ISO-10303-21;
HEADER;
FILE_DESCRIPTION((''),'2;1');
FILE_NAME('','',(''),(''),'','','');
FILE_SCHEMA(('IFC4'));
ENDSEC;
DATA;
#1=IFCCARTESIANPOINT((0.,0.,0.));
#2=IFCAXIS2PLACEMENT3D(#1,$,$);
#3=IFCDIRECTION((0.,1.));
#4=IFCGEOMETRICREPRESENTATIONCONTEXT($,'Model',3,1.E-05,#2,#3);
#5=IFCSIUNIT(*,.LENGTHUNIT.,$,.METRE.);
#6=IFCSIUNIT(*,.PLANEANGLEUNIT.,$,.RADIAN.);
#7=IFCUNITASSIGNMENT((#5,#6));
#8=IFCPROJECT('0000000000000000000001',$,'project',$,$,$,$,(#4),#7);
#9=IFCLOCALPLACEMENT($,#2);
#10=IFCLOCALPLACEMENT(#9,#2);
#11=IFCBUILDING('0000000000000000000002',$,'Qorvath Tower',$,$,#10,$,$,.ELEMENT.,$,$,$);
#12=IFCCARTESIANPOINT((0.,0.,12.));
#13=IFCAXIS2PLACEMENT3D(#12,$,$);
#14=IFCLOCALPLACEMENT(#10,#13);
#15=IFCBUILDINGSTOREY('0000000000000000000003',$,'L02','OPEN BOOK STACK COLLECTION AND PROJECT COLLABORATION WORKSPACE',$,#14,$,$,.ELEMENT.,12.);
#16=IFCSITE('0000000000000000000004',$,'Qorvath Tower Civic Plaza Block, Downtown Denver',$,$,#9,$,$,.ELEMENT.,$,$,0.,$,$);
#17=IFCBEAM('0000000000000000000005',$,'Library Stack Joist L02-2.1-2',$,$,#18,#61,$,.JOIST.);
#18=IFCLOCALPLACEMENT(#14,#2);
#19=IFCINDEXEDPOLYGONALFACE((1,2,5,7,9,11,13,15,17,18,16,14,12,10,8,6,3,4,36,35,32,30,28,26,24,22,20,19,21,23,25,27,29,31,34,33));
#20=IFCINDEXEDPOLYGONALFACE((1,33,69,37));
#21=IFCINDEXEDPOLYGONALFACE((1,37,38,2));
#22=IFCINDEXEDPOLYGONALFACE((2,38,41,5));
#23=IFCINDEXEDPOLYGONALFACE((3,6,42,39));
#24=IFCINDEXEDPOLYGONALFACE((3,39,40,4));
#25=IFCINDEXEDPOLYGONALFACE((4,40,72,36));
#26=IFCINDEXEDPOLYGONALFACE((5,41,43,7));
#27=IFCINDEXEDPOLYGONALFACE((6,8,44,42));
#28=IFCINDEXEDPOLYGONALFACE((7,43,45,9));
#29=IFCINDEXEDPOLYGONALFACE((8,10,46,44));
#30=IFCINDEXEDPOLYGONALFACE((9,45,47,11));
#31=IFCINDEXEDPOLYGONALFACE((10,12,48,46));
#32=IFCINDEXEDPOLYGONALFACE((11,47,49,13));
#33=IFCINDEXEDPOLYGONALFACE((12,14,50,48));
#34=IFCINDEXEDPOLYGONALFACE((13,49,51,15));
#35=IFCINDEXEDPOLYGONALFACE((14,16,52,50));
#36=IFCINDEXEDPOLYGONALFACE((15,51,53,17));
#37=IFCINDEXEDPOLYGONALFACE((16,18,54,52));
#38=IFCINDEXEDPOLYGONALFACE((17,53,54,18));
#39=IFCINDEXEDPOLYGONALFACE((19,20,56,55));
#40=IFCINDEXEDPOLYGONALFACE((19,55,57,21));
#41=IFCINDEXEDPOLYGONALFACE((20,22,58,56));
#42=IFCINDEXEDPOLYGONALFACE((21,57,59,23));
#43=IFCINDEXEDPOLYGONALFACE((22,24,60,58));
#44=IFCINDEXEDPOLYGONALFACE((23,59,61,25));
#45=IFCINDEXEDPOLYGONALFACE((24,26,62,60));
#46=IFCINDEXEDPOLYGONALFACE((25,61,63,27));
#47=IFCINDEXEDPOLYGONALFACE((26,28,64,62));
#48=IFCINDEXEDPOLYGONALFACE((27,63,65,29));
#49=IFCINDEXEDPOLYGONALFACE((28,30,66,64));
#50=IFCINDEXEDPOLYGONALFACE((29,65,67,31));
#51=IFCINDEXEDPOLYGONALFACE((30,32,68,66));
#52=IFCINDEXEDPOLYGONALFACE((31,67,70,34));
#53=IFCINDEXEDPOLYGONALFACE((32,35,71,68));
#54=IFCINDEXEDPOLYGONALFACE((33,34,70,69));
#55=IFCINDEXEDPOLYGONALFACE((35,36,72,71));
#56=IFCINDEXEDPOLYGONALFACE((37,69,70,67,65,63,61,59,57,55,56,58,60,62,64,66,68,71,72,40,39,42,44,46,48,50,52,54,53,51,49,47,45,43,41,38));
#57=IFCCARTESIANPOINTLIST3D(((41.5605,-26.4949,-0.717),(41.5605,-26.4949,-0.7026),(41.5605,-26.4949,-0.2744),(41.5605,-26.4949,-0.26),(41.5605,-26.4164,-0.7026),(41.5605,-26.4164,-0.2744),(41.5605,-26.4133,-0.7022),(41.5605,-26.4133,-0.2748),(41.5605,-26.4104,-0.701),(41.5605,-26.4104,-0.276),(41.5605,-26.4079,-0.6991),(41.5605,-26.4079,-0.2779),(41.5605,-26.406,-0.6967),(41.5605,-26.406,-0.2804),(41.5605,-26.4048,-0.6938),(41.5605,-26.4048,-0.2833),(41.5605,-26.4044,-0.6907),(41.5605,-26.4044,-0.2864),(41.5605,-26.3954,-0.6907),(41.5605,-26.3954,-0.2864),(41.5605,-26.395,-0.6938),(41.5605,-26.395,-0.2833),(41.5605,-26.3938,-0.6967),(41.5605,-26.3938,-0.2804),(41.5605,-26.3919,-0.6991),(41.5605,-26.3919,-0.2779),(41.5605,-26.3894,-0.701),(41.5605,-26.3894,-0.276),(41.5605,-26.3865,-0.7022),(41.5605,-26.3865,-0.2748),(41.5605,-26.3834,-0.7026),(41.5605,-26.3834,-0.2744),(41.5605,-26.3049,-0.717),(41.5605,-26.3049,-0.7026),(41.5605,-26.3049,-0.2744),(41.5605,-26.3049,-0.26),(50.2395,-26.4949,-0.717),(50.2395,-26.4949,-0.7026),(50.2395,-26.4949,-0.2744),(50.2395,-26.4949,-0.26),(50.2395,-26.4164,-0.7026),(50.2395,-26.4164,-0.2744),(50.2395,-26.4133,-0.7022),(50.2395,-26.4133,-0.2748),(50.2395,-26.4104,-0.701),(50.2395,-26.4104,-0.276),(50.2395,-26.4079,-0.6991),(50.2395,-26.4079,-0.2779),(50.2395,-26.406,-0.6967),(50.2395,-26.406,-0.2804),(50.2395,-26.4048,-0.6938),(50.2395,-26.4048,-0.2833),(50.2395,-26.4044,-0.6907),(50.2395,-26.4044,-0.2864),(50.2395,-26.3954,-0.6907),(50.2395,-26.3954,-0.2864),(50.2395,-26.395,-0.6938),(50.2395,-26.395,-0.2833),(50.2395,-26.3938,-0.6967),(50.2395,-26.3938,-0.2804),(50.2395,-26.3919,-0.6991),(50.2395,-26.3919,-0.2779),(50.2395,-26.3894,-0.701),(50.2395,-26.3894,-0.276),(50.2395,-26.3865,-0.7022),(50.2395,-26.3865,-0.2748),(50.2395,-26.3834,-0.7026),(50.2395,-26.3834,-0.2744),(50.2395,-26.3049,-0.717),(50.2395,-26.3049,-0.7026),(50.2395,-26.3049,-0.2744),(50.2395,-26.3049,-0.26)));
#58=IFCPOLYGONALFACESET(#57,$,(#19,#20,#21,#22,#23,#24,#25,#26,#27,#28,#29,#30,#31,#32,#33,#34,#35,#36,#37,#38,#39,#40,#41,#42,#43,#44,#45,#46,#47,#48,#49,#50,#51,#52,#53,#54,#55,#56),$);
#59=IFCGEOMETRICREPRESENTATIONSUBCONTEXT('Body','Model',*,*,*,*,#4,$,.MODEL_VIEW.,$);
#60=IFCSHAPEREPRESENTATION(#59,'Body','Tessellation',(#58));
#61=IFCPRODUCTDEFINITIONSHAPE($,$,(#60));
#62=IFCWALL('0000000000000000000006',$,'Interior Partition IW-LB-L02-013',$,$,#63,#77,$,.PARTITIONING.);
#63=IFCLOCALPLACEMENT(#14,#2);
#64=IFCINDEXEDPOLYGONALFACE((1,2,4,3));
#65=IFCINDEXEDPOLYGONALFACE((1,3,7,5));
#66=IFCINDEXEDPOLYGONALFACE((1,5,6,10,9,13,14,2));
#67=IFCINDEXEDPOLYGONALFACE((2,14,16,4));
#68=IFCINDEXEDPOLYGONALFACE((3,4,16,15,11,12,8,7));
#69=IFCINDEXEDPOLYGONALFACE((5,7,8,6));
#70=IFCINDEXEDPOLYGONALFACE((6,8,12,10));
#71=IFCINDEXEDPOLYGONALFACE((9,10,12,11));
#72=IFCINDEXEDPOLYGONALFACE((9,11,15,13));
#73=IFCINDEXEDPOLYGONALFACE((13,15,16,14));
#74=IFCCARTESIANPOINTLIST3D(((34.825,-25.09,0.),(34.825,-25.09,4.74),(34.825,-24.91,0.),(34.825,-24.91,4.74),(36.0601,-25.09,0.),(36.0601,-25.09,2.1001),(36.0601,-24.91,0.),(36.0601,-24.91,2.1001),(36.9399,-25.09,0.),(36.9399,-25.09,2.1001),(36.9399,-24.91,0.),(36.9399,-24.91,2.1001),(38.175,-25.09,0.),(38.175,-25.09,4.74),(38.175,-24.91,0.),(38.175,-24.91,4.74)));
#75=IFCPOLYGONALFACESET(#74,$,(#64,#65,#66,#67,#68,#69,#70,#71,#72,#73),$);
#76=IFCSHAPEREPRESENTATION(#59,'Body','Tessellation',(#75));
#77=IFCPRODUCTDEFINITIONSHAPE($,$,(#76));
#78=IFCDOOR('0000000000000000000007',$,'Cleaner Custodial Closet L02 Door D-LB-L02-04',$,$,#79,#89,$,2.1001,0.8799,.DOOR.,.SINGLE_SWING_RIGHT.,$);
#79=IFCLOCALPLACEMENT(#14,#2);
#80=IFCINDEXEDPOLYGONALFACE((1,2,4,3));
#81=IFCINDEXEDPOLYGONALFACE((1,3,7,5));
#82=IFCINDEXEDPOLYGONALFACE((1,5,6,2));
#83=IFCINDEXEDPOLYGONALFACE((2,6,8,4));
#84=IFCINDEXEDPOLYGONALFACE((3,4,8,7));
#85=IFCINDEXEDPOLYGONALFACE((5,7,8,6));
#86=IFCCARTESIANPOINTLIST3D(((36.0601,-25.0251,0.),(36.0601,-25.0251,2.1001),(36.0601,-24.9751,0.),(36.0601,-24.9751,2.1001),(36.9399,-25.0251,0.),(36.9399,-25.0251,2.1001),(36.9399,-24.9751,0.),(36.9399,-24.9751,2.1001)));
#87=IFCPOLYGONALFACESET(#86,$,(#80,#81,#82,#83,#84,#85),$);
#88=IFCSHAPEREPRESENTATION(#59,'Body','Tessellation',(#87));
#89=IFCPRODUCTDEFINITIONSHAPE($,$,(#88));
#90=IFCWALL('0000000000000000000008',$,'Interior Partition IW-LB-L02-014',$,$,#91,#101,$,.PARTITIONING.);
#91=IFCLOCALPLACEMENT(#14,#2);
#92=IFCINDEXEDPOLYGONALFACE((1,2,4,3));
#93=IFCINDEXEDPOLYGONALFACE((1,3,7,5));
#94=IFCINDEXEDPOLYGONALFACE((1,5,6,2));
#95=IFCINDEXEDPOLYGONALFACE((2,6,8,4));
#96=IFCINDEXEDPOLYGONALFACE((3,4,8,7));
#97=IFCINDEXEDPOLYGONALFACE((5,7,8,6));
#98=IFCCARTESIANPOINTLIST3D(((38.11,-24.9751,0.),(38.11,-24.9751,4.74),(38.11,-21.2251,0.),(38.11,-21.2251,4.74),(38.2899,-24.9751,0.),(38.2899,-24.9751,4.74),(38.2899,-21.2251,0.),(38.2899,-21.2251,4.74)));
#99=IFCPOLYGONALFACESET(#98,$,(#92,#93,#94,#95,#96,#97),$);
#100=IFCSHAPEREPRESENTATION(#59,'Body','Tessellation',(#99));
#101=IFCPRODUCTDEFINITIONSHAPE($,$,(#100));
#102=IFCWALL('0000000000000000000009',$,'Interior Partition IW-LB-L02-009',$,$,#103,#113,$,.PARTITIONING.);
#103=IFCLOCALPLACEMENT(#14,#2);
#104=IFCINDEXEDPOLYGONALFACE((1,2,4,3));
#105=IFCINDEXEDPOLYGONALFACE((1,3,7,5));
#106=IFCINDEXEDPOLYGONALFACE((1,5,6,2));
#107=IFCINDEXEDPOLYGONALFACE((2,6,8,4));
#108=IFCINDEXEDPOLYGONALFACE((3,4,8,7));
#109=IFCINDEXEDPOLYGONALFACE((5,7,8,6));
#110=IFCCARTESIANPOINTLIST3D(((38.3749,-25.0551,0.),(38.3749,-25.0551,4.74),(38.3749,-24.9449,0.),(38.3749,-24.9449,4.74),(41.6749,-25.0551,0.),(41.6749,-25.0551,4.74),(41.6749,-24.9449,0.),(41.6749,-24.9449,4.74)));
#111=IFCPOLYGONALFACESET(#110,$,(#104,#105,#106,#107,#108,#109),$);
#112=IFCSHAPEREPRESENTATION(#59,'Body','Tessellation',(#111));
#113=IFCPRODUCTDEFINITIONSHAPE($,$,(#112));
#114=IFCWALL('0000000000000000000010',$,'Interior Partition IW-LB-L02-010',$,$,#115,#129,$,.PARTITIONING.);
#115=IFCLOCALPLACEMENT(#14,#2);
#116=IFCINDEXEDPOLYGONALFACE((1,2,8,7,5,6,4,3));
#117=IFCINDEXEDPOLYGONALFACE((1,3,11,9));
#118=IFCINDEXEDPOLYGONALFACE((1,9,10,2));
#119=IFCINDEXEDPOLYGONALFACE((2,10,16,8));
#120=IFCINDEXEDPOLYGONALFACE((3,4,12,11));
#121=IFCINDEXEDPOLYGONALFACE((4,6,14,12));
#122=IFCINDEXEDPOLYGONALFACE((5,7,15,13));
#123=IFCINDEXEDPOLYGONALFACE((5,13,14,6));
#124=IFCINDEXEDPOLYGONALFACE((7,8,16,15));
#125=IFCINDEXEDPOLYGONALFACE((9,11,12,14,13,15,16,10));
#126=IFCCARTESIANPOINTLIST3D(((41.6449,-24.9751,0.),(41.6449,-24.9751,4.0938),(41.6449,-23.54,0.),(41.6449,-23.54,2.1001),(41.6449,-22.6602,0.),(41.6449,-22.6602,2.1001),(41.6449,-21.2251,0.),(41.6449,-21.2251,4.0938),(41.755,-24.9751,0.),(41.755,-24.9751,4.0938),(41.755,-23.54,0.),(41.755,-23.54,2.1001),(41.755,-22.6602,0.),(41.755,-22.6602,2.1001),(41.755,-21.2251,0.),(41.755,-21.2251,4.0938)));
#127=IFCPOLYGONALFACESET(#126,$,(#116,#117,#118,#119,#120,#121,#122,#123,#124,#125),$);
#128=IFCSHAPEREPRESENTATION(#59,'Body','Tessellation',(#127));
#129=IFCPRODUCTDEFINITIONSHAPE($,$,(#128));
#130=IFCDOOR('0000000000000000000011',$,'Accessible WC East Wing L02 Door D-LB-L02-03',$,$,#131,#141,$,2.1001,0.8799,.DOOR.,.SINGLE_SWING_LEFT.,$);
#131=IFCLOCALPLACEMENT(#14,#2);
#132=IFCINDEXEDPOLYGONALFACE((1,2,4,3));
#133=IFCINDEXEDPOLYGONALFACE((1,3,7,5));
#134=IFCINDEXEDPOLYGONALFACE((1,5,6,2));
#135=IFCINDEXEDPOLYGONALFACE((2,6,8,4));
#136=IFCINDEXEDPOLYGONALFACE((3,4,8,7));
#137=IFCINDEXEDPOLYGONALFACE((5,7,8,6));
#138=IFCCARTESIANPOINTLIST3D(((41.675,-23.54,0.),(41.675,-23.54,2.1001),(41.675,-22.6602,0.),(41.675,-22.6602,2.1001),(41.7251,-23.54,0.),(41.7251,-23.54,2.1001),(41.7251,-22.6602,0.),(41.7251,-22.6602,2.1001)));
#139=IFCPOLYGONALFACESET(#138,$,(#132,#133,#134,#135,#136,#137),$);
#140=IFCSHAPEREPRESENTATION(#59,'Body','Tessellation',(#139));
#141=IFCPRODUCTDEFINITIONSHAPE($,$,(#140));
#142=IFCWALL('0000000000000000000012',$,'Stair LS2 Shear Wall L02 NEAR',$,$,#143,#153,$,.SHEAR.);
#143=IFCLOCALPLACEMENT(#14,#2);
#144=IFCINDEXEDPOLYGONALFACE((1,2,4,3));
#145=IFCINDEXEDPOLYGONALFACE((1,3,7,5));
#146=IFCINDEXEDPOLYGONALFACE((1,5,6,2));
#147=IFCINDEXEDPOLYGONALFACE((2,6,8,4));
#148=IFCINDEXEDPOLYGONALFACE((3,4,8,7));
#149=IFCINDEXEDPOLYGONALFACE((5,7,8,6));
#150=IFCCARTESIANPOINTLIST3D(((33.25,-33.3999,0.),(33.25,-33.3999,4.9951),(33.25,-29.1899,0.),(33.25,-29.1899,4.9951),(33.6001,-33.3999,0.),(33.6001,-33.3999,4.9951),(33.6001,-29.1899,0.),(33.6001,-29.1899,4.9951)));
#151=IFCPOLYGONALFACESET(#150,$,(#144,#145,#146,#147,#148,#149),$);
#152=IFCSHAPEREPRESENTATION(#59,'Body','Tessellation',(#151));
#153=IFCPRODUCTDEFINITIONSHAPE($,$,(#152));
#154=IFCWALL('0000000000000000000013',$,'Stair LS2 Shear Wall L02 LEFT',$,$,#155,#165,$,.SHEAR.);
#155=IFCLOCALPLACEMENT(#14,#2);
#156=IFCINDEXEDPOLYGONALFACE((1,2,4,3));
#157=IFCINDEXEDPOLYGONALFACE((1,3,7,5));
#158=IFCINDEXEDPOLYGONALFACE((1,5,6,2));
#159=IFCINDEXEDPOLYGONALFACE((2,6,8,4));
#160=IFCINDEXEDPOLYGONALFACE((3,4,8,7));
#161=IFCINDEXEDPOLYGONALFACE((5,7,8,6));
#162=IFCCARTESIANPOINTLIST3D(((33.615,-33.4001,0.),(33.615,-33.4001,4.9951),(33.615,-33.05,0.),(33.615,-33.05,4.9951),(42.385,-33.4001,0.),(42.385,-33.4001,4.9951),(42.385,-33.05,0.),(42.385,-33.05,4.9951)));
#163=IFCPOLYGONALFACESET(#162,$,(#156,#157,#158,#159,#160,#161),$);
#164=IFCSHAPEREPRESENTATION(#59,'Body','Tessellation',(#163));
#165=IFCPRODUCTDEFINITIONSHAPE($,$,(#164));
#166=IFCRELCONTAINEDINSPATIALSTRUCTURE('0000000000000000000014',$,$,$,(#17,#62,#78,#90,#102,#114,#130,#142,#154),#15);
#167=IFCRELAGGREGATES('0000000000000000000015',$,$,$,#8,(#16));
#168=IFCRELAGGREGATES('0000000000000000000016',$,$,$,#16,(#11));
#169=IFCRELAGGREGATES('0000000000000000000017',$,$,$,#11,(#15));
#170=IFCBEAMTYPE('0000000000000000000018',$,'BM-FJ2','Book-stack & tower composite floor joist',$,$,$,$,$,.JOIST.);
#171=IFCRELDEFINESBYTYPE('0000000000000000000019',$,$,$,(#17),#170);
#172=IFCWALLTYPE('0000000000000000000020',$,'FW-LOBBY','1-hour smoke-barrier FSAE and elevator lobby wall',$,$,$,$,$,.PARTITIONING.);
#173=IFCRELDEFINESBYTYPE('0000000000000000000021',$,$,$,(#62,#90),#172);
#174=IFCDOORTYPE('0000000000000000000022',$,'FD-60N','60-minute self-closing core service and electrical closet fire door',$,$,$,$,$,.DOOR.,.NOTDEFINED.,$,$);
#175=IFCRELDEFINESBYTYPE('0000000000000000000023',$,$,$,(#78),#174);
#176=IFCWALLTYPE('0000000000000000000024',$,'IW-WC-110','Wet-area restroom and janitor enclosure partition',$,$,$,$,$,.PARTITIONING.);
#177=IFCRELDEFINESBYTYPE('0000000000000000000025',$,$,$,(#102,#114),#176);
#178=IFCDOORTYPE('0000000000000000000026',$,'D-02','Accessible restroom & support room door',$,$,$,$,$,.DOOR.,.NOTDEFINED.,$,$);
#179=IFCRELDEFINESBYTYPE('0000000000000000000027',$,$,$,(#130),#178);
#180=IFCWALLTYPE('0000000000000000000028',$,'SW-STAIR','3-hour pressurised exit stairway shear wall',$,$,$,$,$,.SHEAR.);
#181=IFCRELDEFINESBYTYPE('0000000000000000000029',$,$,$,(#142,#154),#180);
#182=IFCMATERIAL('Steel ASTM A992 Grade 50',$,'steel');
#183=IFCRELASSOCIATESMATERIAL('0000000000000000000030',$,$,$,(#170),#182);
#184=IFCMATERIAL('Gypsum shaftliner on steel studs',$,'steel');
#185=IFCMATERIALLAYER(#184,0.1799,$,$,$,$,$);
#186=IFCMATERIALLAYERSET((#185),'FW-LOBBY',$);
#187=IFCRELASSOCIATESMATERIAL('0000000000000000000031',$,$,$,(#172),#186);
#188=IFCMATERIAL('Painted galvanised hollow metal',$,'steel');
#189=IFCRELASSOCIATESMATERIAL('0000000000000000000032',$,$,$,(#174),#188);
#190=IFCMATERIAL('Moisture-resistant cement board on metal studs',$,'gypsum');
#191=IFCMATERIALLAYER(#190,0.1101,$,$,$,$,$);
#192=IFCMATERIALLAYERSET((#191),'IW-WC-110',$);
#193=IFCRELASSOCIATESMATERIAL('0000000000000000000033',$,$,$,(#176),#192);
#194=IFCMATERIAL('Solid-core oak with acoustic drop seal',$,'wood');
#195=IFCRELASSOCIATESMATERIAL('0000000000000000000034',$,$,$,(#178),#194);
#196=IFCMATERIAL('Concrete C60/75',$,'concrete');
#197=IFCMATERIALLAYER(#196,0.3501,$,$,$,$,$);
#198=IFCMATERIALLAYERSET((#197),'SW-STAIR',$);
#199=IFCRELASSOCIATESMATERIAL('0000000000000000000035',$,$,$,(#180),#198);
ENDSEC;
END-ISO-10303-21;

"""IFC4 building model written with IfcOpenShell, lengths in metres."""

from ifc_helpers import new_model, si_unit, direction, frame, frame_2d, origin, origin_2d, place, context, subcontext, project, spatial, rectangle, i_section, extrude, material, layer, layer_set, material_profile, profile_set, type_object, element, fill, save


model = new_model("IFC4")

# Units and contexts
model_context = context("Model", 3, precision=1e-05, world=origin(), true_north=direction((0.0, 1.0)))
body_context = subcontext(model_context, "Body", "Model", "MODEL_VIEW")
ifc_project = project(units=[si_unit("LENGTHUNIT", "METRE"), si_unit("PLANEANGLEUNIT", "RADIAN")], contexts=[model_context])

# Site, building, storey
site_placement = place(None, origin())
site = spatial("IfcSite", under=ifc_project, at=site_placement, Name="Qorvath Tower Civic Plaza Block, Downtown Denver", CompositionType="ELEMENT", RefElevation=0.0)
building_placement = place(site_placement, origin())
building = spatial("IfcBuilding", under=site, at=building_placement, Name="Qorvath Tower", CompositionType="ELEMENT")
storey_placement = place(building_placement, frame((0.0, 0.0, 12.0)))
storey = spatial("IfcBuildingStorey", under=building, at=storey_placement, Name="L02", Description="OPEN BOOK STACK COLLECTION AND PROJECT COLLABORATION WORKSPACE", CompositionType="ELEMENT", Elevation=12.0)

# Beam
ifc_material_1 = material(Name="Steel ASTM A992 Grade 50", Category="steel")
ifc_material_profile_1 = material_profile(ifc_material_1, i_section(OverallWidth=0.1899, OverallDepth=0.457, WebThickness=0.009, FlangeThickness=0.0144, FilletRadius=0.012, at=origin_2d()), Name="W18x50")
ifc_profile_set_1 = profile_set([ifc_material_profile_1], Name="Steel ASTM A992 Grade 50")
beam_type_1 = type_object("IfcBeamType", Name="BM-FJ2", Description="Book-stack & tower composite floor joist", PredefinedType="JOIST", material=ifc_profile_set_1)
beam_1_placement = place(storey_placement, frame((41.5605, -26.3999, -0.4885), z_axis=(1.0, 0.0, 0.0), x_axis=(0.0, 1.0, 0.0)))
element("IfcBeam", 1, at=beam_1_placement, inside=storey, type_object=beam_type_1, Name="Library Stack Joist L02-2.1-2", PredefinedType="JOIST", context=body_context, shape_type="SweptSolid", body=[
    extrude(i_section(OverallWidth=0.1899, OverallDepth=0.457, WebThickness=0.009, FlangeThickness=0.0144, FilletRadius=0.012, at=origin_2d()), origin(), (0.0, 0.0, 1.0), 8.679),
])

# Wall, opening, door
ifc_material_2 = material(Name="Gypsum shaftliner on steel studs", Category="steel")
ifc_layer_1 = layer(ifc_material_2, 0.1799)
ifc_layer_set_1 = layer_set([ifc_layer_1], Name="FW-LOBBY")
wall_type_1 = type_object("IfcWallType", Name="FW-LOBBY", Description="1-hour smoke-barrier FSAE and elevator lobby wall", PredefinedType="PARTITIONING", material=ifc_layer_set_1)
wall_1_placement = place(storey_placement, frame((34.825, -25.0, 0.0), z_axis=(0.0, 0.0, 1.0), x_axis=(1.0, 0.0, 0.0)))
wall_1 = element("IfcWall", 2, at=wall_1_placement, inside=storey, type_object=wall_type_1, Name="Interior Partition IW-LB-L02-013", PredefinedType="PARTITIONING", context=body_context, shape_type="SweptSolid", body=[
    extrude(rectangle(XDim=3.3501, YDim=0.1799, at=frame_2d((1.675, 0.0))), origin(), (0.0, 0.0, 1.0), 4.74),
])
opening_1_placement = place(wall_1_placement, frame((1.2351, 0.0, 0.0)))
opening_1 = element("IfcOpeningElement", 3, at=opening_1_placement, cuts=wall_1, PredefinedType="OPENING", context=body_context, shape_type="SweptSolid", body=[
    extrude(rectangle(XDim=0.8799, YDim=2.1001, at=frame_2d((0.4399, 1.05))), frame((0.0, 0.1001, 0.0), z_axis=(0.0, -1.0, 0.0), x_axis=(1.0, 0.0, 0.0)), (0.0, 0.0, 1.0), 0.2),
])
ifc_material_3 = material(Name="Painted galvanised hollow metal", Category="steel")
door_type_1 = type_object("IfcDoorType", Name="FD-60N", Description="60-minute self-closing core service and electrical closet fire door", OperationType="NOTDEFINED", PredefinedType="DOOR", material=ifc_material_3)
door_1_placement = place(opening_1_placement, origin())
door_1 = element("IfcDoor", 4, at=door_1_placement, inside=storey, type_object=door_type_1, Name="Cleaner Custodial Closet L02 Door D-LB-L02-04", OperationType="SINGLE_SWING_RIGHT", OverallHeight=2.1001, OverallWidth=0.8799, PredefinedType="DOOR", context=body_context, shape_type="SweptSolid", body=[
    extrude(rectangle(XDim=0.8799, YDim=2.1001, at=frame_2d((0.4399, 1.05))), frame((0.0, 0.0249, 0.0), z_axis=(0.0, -1.0, 0.0), x_axis=(1.0, 0.0, 0.0)), (0.0, 0.0, 1.0), 0.05),
])
fill(opening_1, door_1)

# Walls
wall_2_placement = place(storey_placement, frame((38.2, -24.9751, 0.0), z_axis=(0.0, 0.0, 1.0), x_axis=(0.0, 1.0, 0.0)))
element("IfcWall", 5, at=wall_2_placement, inside=storey, type_object=wall_type_1, Name="Interior Partition IW-LB-L02-014", PredefinedType="PARTITIONING", context=body_context, shape_type="SweptSolid", body=[
    extrude(rectangle(XDim=3.75, YDim=0.1799, at=frame_2d((1.875, 0.0))), origin(), (0.0, 0.0, 1.0), 4.74),
])
ifc_material_4 = material(Name="Moisture-resistant cement board on metal studs", Category="gypsum")
ifc_layer_2 = layer(ifc_material_4, 0.1101)
ifc_layer_set_2 = layer_set([ifc_layer_2], Name="IW-WC-110")
wall_type_2 = type_object("IfcWallType", Name="IW-WC-110", Description="Wet-area restroom and janitor enclosure partition", PredefinedType="PARTITIONING", material=ifc_layer_set_2)
wall_3_placement = place(storey_placement, frame((38.375, -25.0, 0.0), z_axis=(0.0, 0.0, 1.0), x_axis=(1.0, 0.0, 0.0)))
element("IfcWall", 6, at=wall_3_placement, inside=storey, type_object=wall_type_2, Name="Interior Partition IW-LB-L02-009", PredefinedType="PARTITIONING", context=body_context, shape_type="SweptSolid", body=[
    extrude(rectangle(XDim=3.3, YDim=0.1101, at=frame_2d((1.6499, 0.0))), origin(), (0.0, 0.0, 1.0), 4.74),
])

# Wall, opening, door
wall_4_placement = place(storey_placement, frame((41.7, -24.9751, 0.0), z_axis=(0.0, 0.0, 1.0), x_axis=(0.0, 1.0, 0.0)))
wall_4 = element("IfcWall", 7, at=wall_4_placement, inside=storey, type_object=wall_type_2, Name="Interior Partition IW-LB-L02-010", PredefinedType="PARTITIONING", context=body_context, shape_type="SweptSolid", body=[
    extrude(rectangle(XDim=3.75, YDim=0.1101, at=frame_2d((1.875, 0.0))), origin(), (0.0, 0.0, 1.0), 4.0938),
])
opening_2_placement = place(wall_4_placement, frame((1.4351, 0.0, 0.0)))
opening_2 = element("IfcOpeningElement", 8, at=opening_2_placement, cuts=wall_4, PredefinedType="OPENING", context=body_context, shape_type="SweptSolid", body=[
    extrude(rectangle(XDim=0.8799, YDim=2.1001, at=frame_2d((0.4399, 1.05))), frame((0.0, 0.0649, 0.0), z_axis=(0.0, -1.0, 0.0), x_axis=(1.0, 0.0, 0.0)), (0.0, 0.0, 1.0), 0.1301),
])
ifc_material_5 = material(Name="Solid-core oak with acoustic drop seal", Category="wood")
door_type_2 = type_object("IfcDoorType", Name="D-02", Description="Accessible restroom & support room door", OperationType="NOTDEFINED", PredefinedType="DOOR", material=ifc_material_5)
door_2_placement = place(opening_2_placement, origin())
door_2 = element("IfcDoor", 9, at=door_2_placement, inside=storey, type_object=door_type_2, Name="Accessible WC East Wing L02 Door D-LB-L02-03", OperationType="SINGLE_SWING_LEFT", OverallHeight=2.1001, OverallWidth=0.8799, PredefinedType="DOOR", context=body_context, shape_type="SweptSolid", body=[
    extrude(rectangle(XDim=0.8799, YDim=2.1001, at=frame_2d((0.4399, 1.05))), frame((0.0, 0.0249, 0.0), z_axis=(0.0, -1.0, 0.0), x_axis=(1.0, 0.0, 0.0)), (0.0, 0.0, 1.0), 0.05),
])
fill(opening_2, door_2)

# Walls
ifc_material_6 = material(Name="Concrete C60/75", Category="concrete")
ifc_layer_3 = layer(ifc_material_6, 0.3501)
ifc_layer_set_3 = layer_set([ifc_layer_3], Name="SW-STAIR")
wall_type_3 = type_object("IfcWallType", Name="SW-STAIR", Description="3-hour pressurised exit stairway shear wall", PredefinedType="SHEAR", material=ifc_layer_set_3)
wall_5_placement = place(storey_placement, frame((33.425, -29.1899, 0.0), z_axis=(0.0, 0.0, 1.0), x_axis=(0.0, -1.0, 0.0)))
element("IfcWall", 10, at=wall_5_placement, inside=storey, type_object=wall_type_3, Name="Stair LS2 Shear Wall L02 NEAR", PredefinedType="SHEAR", context=body_context, shape_type="SweptSolid", body=[
    extrude(rectangle(XDim=4.21, YDim=0.3501, at=frame_2d((2.105, 0.0))), origin(), (0.0, 0.0, 1.0), 4.9951),
])
wall_6_placement = place(storey_placement, frame((33.615, -33.2251, 0.0), z_axis=(0.0, 0.0, 1.0), x_axis=(1.0, 0.0, 0.0)))
element("IfcWall", 11, at=wall_6_placement, inside=storey, type_object=wall_type_3, Name="Stair LS2 Shear Wall L02 LEFT", PredefinedType="SHEAR", context=body_context, shape_type="SweptSolid", body=[
    extrude(rectangle(XDim=8.77, YDim=0.3501, at=frame_2d((4.385, 0.0))), origin(), (0.0, 0.0, 1.0), 4.9951),
])

save(model, "model.ifc")
